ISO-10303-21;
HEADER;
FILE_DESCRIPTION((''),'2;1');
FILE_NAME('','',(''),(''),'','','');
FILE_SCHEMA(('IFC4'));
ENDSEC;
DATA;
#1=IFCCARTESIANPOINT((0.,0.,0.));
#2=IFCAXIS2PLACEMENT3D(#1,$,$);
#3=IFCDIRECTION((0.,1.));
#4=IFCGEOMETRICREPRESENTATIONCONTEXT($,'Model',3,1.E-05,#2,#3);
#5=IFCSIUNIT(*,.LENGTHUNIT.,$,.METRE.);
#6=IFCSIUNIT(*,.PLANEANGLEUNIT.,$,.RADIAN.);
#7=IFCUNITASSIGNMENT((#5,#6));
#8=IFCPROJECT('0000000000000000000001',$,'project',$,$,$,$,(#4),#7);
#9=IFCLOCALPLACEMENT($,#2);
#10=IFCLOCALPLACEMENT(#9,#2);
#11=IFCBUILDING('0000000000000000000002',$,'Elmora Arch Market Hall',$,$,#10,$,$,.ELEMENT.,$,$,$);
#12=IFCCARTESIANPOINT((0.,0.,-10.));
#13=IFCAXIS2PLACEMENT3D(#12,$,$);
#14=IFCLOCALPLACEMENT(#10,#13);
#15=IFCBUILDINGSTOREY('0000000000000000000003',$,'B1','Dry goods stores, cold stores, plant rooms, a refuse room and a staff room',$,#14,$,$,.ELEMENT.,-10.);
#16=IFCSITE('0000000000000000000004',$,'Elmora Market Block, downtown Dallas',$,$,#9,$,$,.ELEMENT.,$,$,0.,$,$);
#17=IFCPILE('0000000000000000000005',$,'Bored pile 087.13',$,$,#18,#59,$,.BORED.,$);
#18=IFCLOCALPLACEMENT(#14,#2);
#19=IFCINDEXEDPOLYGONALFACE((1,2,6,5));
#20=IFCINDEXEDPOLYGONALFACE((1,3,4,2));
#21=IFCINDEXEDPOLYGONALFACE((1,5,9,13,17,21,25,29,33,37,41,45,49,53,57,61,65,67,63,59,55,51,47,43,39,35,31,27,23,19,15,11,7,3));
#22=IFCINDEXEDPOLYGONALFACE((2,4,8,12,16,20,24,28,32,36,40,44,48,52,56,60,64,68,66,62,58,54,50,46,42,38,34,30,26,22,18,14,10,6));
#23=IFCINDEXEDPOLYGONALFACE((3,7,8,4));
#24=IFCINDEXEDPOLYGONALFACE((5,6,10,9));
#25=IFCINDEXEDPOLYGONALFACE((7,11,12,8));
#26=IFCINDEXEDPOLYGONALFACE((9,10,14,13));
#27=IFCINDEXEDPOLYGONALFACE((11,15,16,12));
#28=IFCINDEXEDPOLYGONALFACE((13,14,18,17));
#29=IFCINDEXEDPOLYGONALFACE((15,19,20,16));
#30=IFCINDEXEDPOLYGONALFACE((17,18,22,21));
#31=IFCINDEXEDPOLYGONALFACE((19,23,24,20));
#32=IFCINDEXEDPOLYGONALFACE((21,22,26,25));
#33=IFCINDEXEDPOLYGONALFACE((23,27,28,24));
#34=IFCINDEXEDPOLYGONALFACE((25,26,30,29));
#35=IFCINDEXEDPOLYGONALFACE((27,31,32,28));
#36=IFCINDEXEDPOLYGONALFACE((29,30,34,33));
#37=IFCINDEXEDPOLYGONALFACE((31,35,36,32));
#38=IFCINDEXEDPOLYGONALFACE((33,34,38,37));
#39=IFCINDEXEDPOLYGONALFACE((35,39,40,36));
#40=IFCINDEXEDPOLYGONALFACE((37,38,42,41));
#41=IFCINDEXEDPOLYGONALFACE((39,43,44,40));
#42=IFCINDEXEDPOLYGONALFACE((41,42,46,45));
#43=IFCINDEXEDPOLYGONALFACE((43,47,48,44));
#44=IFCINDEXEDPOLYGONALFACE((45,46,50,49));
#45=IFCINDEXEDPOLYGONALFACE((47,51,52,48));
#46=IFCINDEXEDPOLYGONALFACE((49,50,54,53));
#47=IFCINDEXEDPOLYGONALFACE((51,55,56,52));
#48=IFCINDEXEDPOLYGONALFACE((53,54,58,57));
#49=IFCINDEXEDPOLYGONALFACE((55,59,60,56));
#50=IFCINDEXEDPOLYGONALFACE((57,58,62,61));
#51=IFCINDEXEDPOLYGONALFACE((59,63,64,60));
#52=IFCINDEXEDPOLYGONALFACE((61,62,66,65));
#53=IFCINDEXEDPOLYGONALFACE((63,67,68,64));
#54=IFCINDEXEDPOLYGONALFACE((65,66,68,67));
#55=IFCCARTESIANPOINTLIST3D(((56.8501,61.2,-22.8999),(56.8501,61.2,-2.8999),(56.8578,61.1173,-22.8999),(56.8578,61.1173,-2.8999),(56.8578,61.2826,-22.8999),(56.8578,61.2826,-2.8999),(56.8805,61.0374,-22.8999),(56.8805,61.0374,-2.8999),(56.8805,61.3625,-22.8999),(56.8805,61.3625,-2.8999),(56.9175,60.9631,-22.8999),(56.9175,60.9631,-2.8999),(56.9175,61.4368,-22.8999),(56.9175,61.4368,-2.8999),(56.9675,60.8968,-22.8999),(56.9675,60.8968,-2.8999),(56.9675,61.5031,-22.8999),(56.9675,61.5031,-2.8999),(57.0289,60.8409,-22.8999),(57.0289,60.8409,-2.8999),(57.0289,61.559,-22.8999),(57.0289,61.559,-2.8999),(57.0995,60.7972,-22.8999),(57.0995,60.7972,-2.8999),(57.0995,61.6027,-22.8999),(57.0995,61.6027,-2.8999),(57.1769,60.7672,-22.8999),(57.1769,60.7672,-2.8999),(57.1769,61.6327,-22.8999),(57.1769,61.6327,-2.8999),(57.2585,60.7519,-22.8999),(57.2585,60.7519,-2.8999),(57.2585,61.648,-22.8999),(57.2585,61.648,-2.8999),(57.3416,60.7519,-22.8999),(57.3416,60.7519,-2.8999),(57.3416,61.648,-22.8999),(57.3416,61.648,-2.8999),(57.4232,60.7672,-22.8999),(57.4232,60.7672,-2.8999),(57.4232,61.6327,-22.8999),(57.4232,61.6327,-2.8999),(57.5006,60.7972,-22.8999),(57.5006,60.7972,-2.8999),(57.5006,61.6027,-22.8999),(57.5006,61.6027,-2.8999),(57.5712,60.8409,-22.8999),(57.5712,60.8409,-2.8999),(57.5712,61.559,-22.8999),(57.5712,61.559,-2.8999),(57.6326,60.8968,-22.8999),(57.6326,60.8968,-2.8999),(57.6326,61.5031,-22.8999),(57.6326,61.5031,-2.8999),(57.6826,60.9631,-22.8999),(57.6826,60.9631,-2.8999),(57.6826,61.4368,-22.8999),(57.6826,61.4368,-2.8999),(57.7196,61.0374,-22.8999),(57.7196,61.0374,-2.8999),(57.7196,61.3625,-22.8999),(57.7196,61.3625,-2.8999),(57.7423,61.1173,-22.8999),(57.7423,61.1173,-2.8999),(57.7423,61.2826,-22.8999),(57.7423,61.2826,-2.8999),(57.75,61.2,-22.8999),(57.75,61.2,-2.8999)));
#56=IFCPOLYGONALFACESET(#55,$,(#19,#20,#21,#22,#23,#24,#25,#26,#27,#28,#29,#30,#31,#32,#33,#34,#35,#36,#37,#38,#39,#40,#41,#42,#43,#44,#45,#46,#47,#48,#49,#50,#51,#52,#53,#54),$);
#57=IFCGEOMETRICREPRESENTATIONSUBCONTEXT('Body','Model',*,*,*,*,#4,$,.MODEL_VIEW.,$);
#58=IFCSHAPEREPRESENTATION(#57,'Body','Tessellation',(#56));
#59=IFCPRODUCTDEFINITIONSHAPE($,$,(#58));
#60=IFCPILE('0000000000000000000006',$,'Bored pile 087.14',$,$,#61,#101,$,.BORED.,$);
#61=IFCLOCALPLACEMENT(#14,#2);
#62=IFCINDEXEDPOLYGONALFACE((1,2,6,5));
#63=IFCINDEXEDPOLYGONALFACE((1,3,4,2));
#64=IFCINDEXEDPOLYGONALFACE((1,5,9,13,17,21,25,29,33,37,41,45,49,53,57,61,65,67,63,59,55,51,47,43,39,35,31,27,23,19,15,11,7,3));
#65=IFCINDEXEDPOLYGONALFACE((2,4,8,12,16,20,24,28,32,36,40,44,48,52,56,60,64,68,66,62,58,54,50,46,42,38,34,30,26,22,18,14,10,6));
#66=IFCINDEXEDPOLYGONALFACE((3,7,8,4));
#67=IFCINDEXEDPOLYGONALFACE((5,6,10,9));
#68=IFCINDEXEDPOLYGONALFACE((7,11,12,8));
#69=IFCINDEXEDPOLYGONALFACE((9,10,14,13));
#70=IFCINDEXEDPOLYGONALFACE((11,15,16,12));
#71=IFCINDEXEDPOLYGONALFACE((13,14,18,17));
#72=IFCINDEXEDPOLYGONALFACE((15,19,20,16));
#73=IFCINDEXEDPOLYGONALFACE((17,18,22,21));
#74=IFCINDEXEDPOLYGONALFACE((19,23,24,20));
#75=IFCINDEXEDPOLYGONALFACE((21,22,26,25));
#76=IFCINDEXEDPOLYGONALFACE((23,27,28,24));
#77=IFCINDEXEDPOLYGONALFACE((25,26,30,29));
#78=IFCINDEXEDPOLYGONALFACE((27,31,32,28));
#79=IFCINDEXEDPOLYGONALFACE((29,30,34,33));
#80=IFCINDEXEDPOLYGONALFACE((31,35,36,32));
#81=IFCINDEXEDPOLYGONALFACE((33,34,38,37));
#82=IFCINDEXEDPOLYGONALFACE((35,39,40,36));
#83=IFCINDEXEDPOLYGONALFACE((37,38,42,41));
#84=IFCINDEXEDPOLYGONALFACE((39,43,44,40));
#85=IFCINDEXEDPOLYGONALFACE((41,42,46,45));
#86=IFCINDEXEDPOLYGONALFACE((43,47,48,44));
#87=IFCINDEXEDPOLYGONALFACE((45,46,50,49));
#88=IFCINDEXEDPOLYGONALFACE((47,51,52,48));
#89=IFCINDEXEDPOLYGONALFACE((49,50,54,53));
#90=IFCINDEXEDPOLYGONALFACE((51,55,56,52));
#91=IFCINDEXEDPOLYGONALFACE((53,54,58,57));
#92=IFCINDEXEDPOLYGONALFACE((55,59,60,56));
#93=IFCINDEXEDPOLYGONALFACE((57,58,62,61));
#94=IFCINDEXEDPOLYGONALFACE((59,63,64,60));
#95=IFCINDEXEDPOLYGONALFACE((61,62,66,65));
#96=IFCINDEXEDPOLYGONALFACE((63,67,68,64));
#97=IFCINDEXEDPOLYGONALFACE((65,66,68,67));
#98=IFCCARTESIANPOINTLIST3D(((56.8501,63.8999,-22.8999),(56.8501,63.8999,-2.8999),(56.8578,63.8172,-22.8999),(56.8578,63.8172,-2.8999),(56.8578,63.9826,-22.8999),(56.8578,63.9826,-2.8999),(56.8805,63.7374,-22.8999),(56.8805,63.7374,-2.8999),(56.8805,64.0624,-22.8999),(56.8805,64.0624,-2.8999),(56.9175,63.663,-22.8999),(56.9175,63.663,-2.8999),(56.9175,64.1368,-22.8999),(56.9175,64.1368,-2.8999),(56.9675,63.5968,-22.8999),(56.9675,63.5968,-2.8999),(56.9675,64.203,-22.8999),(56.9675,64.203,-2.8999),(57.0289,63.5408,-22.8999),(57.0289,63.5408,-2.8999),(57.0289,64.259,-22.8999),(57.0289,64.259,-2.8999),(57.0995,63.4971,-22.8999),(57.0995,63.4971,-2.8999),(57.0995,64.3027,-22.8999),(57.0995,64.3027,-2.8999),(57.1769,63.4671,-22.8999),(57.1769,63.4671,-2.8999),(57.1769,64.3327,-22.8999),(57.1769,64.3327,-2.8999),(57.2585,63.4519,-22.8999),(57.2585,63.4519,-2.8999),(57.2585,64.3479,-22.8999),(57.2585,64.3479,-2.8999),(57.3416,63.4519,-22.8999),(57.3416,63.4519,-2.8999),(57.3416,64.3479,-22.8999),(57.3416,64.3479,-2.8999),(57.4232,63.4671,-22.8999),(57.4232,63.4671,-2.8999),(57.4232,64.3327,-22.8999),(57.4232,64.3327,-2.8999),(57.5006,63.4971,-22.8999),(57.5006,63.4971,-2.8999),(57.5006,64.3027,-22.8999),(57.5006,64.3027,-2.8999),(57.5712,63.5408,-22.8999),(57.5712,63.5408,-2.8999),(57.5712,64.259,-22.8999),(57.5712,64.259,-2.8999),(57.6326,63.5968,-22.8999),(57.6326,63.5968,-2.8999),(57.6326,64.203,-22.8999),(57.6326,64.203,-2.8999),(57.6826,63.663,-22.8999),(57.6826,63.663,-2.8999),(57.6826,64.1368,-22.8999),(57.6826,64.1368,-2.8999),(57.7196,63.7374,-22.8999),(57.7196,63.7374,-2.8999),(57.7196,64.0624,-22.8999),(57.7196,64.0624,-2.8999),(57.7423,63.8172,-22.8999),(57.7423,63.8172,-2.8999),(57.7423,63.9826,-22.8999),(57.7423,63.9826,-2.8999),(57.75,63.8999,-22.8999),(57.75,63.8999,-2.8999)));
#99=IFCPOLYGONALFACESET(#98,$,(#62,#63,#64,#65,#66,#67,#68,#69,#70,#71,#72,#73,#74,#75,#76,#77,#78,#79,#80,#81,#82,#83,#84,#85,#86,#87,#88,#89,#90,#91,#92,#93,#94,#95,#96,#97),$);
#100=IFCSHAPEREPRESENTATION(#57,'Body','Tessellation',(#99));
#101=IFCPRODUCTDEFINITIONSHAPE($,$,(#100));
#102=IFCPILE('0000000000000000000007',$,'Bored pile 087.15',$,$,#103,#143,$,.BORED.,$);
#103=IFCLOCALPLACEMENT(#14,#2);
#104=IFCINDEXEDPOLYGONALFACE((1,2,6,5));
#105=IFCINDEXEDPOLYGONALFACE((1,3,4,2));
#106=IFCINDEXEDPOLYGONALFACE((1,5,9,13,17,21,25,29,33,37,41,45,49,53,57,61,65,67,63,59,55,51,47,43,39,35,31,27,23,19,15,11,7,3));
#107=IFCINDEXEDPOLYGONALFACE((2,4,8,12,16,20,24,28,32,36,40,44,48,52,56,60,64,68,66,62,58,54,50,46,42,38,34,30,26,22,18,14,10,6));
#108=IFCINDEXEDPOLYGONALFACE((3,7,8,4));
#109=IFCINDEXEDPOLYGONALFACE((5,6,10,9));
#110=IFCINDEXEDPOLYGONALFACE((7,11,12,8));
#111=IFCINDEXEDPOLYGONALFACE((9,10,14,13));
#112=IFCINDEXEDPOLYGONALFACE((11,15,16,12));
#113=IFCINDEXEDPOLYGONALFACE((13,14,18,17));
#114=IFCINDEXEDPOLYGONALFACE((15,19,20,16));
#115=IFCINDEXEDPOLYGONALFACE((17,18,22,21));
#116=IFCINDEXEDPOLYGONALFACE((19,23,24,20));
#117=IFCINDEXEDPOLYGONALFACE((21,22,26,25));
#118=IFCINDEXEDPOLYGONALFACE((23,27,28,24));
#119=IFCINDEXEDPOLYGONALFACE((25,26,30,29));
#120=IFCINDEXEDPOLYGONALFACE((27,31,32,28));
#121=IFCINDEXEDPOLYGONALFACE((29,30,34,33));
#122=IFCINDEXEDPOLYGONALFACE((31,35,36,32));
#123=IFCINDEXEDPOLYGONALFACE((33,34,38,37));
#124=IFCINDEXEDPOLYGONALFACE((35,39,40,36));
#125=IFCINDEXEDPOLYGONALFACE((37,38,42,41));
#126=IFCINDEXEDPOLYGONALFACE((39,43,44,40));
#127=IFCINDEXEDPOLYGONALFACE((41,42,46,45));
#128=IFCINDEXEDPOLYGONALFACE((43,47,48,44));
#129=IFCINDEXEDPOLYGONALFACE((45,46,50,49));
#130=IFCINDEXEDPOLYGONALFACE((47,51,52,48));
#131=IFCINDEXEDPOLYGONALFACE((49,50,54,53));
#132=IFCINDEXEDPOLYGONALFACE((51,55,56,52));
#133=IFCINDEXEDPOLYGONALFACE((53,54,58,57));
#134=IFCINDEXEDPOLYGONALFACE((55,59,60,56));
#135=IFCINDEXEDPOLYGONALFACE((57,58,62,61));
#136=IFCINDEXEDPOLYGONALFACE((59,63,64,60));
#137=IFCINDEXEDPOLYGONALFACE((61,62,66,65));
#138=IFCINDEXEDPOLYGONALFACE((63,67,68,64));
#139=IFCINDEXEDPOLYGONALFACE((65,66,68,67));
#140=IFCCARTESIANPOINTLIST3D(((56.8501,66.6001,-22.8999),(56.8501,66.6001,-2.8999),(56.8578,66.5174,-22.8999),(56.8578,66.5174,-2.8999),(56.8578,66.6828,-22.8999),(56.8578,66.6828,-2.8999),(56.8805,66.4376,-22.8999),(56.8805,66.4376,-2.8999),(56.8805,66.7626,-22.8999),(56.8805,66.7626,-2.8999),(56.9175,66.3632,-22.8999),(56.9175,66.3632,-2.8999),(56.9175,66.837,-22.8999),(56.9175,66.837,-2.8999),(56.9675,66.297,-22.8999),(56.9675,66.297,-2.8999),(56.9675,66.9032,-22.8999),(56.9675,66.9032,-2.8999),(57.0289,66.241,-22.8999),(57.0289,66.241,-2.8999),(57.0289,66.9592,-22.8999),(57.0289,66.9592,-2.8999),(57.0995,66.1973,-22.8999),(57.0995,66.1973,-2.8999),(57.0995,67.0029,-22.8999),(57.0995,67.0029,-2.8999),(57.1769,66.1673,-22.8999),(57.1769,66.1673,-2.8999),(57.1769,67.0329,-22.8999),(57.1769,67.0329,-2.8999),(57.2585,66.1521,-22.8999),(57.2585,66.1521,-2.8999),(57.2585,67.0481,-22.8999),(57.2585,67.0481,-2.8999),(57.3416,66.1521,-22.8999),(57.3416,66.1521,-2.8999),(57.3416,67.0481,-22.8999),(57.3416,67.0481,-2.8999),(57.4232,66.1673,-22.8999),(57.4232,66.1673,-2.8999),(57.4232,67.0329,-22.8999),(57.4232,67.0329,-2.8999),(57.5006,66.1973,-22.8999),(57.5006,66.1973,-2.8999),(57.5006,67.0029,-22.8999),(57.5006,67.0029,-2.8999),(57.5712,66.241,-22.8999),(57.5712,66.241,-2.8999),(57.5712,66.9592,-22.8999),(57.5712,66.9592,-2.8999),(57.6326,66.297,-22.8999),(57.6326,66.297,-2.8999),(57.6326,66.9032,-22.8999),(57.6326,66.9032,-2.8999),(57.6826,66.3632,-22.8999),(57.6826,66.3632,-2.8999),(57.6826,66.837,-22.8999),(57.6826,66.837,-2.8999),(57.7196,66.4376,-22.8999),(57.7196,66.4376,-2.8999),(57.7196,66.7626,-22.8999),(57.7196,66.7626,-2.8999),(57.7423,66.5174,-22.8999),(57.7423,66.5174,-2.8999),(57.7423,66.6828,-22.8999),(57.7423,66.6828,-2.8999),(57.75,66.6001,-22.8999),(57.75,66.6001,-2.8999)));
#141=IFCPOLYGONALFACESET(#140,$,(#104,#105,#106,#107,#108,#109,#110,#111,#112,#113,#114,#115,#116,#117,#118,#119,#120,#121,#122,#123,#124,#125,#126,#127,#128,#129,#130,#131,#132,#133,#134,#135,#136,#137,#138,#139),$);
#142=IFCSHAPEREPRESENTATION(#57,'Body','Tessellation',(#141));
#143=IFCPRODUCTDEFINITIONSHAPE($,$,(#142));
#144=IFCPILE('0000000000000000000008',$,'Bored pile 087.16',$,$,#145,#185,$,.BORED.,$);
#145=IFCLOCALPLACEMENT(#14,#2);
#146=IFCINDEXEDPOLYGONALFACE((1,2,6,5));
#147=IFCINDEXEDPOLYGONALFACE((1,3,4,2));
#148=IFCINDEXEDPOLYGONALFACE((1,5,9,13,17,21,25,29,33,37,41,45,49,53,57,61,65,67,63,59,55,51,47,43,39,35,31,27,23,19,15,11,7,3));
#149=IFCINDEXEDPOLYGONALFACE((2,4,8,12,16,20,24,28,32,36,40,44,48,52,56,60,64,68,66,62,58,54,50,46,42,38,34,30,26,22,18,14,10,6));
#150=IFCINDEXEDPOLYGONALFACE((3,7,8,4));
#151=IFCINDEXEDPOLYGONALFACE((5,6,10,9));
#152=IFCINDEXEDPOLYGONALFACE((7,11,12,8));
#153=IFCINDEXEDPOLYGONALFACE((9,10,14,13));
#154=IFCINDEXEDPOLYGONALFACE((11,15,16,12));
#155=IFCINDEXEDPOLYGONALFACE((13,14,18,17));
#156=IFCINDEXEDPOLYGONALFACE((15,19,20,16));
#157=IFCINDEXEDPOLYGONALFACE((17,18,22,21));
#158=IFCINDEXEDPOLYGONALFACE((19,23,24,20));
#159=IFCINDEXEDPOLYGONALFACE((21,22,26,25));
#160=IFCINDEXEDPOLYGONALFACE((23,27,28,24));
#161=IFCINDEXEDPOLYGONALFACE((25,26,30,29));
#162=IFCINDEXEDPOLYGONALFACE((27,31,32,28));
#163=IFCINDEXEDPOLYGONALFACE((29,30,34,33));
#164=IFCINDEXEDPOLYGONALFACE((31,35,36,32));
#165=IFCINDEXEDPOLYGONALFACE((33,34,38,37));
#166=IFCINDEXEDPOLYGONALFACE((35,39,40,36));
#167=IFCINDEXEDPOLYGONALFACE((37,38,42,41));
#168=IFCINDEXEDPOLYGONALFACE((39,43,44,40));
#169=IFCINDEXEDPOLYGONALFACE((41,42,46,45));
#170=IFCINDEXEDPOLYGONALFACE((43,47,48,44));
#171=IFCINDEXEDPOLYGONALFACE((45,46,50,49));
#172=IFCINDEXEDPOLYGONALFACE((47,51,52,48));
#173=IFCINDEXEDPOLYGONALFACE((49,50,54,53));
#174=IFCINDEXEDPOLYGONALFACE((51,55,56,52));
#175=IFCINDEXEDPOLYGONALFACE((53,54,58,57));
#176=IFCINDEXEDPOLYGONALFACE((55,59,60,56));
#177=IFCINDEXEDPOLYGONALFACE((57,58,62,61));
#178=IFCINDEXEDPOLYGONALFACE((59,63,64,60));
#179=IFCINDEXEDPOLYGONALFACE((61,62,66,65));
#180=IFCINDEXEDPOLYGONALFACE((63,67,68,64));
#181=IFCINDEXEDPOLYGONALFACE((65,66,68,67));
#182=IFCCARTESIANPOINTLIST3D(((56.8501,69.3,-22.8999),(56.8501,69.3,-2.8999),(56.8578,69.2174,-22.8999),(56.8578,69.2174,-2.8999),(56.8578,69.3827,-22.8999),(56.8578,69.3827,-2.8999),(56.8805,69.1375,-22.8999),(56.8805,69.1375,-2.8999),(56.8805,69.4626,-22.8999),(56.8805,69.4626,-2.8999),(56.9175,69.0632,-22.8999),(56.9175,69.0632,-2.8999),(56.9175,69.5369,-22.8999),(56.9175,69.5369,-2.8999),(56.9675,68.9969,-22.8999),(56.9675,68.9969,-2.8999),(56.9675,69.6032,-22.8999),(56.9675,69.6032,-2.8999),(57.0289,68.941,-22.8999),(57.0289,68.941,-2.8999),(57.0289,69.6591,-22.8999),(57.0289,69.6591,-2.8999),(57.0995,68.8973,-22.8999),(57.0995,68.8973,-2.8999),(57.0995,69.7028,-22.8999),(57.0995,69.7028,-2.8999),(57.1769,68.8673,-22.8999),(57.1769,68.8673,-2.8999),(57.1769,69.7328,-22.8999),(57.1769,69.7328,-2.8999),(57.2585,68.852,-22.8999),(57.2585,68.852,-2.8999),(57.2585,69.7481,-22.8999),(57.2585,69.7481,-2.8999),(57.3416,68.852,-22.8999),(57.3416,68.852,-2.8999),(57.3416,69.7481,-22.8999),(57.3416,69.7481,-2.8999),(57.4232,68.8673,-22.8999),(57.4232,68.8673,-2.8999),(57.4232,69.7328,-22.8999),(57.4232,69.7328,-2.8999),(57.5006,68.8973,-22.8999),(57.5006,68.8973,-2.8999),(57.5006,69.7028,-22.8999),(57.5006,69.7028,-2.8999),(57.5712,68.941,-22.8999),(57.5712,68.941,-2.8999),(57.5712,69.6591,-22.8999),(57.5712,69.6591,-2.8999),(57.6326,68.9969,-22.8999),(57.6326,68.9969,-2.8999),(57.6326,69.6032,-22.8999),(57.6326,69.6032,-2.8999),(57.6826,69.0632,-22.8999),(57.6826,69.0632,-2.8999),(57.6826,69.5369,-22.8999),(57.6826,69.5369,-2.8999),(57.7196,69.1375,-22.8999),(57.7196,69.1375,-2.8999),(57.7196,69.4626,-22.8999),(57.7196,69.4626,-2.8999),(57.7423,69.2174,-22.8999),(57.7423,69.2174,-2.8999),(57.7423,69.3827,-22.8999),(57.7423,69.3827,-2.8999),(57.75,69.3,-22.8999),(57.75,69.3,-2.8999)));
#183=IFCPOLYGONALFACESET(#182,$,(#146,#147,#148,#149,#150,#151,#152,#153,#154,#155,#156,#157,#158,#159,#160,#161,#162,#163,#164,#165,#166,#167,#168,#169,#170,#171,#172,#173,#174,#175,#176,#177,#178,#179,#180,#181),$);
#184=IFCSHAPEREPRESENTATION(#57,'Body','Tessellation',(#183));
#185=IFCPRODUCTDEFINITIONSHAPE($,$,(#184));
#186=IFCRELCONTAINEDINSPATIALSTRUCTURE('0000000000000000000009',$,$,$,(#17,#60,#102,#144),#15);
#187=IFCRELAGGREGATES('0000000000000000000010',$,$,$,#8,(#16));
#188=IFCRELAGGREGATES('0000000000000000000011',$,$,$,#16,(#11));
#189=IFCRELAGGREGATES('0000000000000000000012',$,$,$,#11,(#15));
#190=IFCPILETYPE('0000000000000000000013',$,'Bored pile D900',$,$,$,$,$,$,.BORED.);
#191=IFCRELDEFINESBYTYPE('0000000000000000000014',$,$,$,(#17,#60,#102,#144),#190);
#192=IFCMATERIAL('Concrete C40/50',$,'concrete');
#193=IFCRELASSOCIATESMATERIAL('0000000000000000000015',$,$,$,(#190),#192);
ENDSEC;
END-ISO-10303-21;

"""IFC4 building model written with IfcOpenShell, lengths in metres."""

from ifc_helpers import new_model, si_unit, direction, frame, origin, origin_2d, place, context, subcontext, project, spatial, circle, extrude, material, material_profile, profile_set, type_object, element, save


model = new_model("IFC4")

# Units and contexts
model_context = context("Model", 3, precision=1e-05, world=origin(), true_north=direction((0.0, 1.0)))
body_context = subcontext(model_context, "Body", "Model", "MODEL_VIEW")
ifc_project = project(units=[si_unit("LENGTHUNIT", "METRE"), si_unit("PLANEANGLEUNIT", "RADIAN")], contexts=[model_context])

# Site, building, storey
site_placement = place(None, origin())
site = spatial("IfcSite", under=ifc_project, at=site_placement, Name="Elmora Market Block, downtown Dallas", CompositionType="ELEMENT", RefElevation=0.0)
building_placement = place(site_placement, origin())
building = spatial("IfcBuilding", under=site, at=building_placement, Name="Elmora Arch Market Hall", CompositionType="ELEMENT")
storey_placement = place(building_placement, frame((0.0, 0.0, -10.0)))
storey = spatial("IfcBuildingStorey", under=building, at=storey_placement, Name="B1", Description="Dry goods stores, cold stores, plant rooms, a refuse room and a staff room", CompositionType="ELEMENT", Elevation=-10.0)

# Piles
ifc_material_1 = material(Name="Concrete C40/50", Category="concrete")
ifc_material_profile_1 = material_profile(ifc_material_1, circle(Radius=0.45, at=origin_2d()), Name="Bored pile D900")
ifc_profile_set_1 = profile_set([ifc_material_profile_1], Name="Concrete C40/50")
pile_type = type_object("IfcPileType", Name="Bored pile D900", PredefinedType="BORED", material=ifc_profile_set_1)
for number, where, z_axis, x_axis, name in (
    (1, (57.3, 61.2, -2.8999), (0.0, 0.0, -1.0), (1.0, 0.0, 0.0), "Bored pile 087.13"),
    (2, (57.3, 63.8999, -2.8999), (0.0, 0.0, -1.0), (1.0, 0.0, 0.0), "Bored pile 087.14"),
    (3, (57.3, 66.6001, -2.8999), (0.0, 0.0, -1.0), (1.0, 0.0, 0.0), "Bored pile 087.15"),
    (4, (57.3, 69.3, -2.8999), (0.0, 0.0, -1.0), (1.0, 0.0, 0.0), "Bored pile 087.16"),
):
    element("IfcPile", number, at=place(storey_placement, frame(where, z_axis=z_axis, x_axis=x_axis)), inside=storey, type_object=pile_type, Name=name, PredefinedType="BORED", context=body_context, shape_type="SweptSolid", body=[
        extrude(circle(Radius=0.45, at=origin_2d()), origin(), (0.0, 0.0, 1.0), 20.0),
    ])

save(model, "model.ifc")
